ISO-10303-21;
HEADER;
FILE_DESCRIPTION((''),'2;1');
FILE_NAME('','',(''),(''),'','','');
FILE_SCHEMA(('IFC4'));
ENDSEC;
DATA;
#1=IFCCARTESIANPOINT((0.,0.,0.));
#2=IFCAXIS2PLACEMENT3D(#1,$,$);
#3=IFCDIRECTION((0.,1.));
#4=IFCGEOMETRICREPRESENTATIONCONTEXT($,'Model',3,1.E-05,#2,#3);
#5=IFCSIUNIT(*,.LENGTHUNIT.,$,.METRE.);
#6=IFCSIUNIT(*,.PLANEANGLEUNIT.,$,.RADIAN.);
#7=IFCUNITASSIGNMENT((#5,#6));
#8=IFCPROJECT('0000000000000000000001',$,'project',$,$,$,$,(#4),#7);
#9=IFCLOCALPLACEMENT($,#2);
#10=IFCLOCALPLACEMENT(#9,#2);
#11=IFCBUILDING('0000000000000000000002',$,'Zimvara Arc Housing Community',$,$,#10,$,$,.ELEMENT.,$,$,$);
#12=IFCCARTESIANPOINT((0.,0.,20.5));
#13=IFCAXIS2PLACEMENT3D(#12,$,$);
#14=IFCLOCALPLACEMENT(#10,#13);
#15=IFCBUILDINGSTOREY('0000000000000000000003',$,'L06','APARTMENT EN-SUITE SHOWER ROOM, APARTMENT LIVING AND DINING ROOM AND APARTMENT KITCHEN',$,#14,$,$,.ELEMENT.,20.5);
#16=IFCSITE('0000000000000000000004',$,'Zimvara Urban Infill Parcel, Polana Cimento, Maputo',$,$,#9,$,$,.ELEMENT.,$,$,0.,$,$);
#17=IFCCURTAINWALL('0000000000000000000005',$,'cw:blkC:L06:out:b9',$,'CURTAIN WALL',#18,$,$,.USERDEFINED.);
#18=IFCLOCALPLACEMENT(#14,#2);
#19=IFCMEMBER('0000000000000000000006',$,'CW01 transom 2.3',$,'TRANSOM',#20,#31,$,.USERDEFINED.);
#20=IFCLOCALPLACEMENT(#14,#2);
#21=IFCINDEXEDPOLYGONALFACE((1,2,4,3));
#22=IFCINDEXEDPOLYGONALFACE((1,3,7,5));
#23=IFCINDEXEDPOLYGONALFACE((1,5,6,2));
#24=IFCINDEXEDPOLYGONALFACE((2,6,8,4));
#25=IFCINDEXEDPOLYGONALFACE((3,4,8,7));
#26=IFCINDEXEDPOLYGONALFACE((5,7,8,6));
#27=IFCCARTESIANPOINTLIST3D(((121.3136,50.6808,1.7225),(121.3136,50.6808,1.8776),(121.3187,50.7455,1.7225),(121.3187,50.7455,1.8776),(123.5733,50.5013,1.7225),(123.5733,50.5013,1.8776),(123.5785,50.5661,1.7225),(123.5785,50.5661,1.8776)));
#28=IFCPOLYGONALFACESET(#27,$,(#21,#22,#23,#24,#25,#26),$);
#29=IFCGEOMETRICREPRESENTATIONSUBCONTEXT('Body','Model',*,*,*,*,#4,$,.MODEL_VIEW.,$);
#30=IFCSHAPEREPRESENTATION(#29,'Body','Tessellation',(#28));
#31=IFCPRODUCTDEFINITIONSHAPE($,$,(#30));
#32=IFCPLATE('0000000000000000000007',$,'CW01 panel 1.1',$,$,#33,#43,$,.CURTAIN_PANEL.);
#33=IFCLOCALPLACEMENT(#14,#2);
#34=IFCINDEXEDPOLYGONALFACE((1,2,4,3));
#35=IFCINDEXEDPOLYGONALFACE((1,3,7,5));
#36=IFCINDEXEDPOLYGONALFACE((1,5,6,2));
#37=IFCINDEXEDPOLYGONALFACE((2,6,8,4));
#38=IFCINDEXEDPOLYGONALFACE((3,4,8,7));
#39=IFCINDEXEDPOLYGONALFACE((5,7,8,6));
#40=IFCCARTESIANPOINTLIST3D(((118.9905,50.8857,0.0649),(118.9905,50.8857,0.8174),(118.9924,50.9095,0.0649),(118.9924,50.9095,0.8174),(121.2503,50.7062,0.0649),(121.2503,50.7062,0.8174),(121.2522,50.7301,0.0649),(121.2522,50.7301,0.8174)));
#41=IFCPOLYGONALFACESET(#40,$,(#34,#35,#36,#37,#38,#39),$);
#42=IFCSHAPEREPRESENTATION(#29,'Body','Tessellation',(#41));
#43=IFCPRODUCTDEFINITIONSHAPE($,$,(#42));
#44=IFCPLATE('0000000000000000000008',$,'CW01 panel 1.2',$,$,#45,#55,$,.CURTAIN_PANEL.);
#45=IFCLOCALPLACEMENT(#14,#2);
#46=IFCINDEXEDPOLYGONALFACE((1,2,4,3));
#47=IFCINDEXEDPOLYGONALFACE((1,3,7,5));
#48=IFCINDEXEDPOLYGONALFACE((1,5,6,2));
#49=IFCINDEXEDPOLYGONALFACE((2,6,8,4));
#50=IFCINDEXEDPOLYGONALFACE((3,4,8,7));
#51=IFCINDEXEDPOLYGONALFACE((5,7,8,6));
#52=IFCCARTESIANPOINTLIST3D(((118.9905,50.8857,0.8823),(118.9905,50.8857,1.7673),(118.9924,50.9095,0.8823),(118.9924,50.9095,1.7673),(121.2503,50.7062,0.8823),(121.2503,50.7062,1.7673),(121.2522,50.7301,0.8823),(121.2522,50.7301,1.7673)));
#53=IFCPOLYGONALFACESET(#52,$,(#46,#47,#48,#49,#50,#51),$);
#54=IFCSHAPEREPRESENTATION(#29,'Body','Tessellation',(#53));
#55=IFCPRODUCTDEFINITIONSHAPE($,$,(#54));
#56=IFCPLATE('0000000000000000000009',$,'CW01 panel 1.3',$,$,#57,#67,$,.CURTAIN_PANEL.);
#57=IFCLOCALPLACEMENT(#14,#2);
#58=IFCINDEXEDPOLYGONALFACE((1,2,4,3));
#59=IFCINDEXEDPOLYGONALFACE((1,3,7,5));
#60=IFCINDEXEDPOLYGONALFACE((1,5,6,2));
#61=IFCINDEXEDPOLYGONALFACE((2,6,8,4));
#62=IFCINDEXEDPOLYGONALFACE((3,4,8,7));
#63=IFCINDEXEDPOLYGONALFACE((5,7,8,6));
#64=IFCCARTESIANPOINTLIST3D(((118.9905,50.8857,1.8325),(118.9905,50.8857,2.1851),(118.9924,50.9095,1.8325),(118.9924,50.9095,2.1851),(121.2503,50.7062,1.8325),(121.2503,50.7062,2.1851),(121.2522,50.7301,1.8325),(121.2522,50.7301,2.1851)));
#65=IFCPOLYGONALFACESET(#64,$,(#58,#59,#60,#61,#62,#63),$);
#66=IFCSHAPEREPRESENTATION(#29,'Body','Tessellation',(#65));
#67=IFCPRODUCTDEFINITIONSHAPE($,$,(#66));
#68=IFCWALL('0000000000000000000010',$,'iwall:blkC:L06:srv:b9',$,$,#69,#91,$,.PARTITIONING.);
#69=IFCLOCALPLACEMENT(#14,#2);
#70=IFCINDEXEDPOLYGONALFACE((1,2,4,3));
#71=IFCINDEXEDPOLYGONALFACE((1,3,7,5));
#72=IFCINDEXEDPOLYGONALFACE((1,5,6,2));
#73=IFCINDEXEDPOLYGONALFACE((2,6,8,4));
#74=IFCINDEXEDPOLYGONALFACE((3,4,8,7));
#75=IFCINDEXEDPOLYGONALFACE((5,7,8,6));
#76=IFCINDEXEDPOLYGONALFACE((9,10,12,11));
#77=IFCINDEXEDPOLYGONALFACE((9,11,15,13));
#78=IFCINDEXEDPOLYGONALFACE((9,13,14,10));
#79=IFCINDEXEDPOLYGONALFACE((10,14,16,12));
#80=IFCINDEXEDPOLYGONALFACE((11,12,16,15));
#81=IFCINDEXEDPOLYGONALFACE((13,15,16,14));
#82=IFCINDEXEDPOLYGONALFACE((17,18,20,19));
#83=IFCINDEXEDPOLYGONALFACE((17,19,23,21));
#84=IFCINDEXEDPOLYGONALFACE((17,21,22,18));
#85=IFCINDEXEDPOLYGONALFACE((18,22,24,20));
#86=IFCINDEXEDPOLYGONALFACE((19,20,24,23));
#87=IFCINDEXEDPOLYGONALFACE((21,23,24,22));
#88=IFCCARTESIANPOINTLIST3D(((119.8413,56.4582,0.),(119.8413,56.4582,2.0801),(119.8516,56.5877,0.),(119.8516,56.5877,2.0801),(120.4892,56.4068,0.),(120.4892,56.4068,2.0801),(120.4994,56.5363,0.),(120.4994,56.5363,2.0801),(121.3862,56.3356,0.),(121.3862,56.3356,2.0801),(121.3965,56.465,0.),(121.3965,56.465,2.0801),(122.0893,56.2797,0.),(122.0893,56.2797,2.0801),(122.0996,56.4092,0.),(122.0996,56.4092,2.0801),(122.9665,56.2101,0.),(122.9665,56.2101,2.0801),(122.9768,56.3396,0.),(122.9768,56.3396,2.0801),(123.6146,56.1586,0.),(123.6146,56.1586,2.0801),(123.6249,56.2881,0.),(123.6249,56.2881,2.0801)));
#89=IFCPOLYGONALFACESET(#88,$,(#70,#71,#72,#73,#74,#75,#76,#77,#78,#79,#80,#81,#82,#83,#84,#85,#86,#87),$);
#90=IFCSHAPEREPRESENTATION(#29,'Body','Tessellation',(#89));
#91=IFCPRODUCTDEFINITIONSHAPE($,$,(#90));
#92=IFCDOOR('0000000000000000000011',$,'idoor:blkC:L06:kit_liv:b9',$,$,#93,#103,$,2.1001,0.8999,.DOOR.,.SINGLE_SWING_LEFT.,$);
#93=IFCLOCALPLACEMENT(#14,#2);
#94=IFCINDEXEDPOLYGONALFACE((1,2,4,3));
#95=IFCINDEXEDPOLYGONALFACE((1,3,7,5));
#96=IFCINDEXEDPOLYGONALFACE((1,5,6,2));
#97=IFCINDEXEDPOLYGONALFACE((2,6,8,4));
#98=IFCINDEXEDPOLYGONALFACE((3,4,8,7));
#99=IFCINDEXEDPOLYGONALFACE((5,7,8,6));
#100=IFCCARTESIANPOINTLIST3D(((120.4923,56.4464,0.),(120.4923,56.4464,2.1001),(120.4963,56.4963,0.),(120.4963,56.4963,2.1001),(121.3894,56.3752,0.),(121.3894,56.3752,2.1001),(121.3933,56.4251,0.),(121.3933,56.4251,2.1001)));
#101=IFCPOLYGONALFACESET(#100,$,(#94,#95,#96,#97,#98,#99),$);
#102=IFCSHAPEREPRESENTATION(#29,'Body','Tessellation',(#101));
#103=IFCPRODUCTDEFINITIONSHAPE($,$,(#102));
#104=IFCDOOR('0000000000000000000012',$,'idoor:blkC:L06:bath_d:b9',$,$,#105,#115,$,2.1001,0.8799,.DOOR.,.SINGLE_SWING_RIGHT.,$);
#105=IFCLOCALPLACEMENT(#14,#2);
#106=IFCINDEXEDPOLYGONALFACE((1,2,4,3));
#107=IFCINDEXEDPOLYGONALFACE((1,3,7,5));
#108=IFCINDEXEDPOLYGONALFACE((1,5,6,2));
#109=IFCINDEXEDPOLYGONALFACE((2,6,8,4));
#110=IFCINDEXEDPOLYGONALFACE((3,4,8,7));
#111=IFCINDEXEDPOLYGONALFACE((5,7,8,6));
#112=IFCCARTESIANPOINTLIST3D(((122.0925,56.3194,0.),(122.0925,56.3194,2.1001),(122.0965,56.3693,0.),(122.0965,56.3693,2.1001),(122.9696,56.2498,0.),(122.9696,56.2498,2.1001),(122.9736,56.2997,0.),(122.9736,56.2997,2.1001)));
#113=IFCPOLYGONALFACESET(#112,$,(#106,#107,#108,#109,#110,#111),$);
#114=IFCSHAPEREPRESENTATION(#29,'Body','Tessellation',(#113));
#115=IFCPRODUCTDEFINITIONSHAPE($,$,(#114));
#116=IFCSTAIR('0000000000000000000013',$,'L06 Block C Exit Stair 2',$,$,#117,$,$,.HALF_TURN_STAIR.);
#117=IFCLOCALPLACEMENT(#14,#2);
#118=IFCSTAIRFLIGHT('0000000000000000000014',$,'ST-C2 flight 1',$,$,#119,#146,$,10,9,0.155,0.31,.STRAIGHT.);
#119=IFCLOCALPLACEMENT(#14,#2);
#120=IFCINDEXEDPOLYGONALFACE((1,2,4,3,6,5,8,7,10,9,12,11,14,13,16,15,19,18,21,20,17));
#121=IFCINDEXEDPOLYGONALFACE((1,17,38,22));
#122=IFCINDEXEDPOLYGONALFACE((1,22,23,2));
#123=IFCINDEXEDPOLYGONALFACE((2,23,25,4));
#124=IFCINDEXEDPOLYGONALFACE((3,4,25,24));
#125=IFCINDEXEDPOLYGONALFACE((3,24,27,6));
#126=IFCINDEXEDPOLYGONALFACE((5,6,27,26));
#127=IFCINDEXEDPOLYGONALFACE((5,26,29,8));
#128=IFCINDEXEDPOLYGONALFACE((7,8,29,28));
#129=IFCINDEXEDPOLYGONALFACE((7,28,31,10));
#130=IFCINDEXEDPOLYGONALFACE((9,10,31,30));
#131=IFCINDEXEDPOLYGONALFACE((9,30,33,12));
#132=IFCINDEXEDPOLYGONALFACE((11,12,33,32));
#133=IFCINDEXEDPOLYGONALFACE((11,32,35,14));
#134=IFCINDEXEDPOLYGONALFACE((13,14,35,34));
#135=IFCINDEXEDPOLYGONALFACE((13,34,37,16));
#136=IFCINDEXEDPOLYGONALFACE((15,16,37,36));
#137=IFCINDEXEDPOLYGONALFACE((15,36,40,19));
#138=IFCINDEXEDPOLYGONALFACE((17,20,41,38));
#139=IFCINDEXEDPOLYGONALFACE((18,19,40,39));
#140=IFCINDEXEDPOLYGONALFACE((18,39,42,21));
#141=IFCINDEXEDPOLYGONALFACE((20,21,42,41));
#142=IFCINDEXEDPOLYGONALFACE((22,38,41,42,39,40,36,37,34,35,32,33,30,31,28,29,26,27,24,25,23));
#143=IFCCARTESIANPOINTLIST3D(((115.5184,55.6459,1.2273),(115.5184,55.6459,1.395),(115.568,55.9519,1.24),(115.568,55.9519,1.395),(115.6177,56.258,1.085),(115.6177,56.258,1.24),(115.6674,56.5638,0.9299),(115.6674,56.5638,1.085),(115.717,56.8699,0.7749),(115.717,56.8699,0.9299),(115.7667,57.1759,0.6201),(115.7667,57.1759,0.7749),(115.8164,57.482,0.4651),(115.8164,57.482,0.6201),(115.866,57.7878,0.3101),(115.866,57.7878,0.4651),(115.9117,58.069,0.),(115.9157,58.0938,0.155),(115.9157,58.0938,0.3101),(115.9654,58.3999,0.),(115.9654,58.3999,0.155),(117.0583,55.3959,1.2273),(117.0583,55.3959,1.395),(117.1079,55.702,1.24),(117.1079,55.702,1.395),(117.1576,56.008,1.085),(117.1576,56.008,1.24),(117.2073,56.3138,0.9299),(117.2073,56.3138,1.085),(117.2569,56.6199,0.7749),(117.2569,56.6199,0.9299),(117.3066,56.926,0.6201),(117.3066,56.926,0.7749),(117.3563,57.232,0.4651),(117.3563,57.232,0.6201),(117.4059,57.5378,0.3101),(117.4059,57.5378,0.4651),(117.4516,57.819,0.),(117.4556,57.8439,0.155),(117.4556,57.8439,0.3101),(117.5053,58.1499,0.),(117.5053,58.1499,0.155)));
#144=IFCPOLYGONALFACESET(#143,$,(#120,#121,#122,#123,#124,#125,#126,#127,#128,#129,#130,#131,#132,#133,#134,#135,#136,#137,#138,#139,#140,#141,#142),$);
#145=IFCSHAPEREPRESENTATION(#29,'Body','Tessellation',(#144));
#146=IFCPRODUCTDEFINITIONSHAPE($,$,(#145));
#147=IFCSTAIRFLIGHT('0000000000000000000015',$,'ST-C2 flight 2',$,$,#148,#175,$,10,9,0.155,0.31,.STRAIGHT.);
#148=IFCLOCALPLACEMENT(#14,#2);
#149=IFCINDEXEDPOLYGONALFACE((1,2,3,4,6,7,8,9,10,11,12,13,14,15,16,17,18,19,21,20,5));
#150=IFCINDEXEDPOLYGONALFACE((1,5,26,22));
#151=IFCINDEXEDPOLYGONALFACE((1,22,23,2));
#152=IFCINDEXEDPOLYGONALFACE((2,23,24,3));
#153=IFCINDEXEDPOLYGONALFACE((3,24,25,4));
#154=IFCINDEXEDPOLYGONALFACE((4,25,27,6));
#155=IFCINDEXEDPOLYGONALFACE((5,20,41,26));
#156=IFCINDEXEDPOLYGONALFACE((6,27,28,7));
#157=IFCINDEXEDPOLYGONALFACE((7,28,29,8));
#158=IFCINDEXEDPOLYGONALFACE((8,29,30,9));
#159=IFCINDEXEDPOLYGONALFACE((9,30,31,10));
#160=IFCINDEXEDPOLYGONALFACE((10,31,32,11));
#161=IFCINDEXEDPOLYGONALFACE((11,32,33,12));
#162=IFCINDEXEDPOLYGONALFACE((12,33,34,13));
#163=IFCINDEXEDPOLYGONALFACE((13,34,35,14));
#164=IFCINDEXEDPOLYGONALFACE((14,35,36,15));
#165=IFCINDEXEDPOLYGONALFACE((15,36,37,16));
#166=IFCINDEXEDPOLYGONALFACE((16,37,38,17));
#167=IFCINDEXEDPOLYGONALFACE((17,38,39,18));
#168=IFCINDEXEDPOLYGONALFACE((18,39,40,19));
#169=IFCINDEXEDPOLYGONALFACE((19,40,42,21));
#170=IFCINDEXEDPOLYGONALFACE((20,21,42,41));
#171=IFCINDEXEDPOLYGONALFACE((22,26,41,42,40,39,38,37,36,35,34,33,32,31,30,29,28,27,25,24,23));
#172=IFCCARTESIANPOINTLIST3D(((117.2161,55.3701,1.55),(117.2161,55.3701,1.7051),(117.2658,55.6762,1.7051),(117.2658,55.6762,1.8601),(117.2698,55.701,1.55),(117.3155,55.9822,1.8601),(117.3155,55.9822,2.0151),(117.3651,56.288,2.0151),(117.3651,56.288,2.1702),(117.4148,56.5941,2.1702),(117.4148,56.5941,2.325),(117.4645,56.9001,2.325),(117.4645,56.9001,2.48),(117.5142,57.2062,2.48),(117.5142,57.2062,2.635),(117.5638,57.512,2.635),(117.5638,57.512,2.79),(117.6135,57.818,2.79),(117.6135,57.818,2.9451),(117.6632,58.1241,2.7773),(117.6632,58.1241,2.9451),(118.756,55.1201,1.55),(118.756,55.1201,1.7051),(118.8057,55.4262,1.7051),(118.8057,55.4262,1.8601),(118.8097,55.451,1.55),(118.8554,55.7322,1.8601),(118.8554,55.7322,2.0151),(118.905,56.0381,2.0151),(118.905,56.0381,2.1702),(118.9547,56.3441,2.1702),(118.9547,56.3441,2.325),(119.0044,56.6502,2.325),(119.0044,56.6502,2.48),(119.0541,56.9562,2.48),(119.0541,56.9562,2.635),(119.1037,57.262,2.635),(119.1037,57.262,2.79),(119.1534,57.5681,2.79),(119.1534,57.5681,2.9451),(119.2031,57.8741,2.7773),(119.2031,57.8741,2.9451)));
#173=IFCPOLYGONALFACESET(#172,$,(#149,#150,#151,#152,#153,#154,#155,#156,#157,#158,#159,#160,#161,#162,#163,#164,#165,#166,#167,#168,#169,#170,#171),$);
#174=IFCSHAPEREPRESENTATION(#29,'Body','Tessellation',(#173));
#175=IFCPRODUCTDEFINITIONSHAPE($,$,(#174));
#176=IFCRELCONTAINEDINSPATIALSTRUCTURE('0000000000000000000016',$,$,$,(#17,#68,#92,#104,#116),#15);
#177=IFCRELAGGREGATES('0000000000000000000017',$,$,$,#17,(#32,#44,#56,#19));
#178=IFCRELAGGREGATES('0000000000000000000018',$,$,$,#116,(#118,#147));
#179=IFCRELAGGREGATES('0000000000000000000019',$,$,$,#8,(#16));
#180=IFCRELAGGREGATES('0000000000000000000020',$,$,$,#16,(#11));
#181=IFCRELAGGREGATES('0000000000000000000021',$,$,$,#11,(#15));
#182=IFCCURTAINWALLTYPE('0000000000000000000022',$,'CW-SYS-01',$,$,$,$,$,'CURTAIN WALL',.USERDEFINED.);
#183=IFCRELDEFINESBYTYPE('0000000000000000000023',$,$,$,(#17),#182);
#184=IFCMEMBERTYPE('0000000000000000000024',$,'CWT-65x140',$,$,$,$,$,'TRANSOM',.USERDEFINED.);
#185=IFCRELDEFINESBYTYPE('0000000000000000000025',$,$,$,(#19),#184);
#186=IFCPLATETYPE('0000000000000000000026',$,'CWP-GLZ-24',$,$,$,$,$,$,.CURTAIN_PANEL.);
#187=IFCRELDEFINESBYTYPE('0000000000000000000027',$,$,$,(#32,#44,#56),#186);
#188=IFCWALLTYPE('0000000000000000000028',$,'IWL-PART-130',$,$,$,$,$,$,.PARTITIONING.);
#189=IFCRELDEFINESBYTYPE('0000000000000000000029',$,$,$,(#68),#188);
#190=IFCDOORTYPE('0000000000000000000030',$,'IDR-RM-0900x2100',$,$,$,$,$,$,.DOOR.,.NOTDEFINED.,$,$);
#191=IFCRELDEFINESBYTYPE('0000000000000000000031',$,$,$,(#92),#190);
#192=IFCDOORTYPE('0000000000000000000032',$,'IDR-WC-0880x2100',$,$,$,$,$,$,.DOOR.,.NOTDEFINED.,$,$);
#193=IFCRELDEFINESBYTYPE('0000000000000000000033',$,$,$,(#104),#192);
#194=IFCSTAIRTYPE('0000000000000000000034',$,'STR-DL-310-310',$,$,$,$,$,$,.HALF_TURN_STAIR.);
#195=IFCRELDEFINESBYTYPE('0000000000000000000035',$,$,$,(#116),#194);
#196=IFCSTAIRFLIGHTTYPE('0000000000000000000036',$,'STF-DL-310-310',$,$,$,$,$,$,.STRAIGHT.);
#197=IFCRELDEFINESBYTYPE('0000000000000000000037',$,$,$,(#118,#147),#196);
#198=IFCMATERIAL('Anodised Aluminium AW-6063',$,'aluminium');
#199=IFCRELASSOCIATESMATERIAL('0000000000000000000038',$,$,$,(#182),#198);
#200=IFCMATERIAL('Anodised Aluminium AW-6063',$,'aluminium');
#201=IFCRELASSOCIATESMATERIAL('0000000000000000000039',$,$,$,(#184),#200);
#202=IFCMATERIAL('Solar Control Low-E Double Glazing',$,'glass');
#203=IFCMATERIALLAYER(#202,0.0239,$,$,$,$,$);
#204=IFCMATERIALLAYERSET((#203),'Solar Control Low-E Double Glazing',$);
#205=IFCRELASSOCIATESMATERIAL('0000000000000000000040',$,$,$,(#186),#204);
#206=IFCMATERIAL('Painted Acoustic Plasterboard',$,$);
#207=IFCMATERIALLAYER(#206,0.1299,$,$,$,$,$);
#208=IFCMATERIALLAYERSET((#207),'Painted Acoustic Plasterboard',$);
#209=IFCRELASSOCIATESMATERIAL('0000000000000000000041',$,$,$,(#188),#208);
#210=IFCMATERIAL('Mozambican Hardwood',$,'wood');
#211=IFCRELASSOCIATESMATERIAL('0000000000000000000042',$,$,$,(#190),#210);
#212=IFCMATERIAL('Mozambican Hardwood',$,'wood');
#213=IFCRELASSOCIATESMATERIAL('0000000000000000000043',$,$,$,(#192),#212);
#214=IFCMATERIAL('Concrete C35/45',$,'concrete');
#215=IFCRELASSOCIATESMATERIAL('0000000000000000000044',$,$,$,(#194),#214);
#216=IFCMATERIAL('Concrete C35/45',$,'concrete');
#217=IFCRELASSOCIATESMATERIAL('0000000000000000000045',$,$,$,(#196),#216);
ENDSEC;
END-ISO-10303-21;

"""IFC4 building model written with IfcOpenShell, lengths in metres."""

from ifc_helpers import new_model, si_unit, direction, frame, frame_2d, origin, origin_2d, place, context, subcontext, project, spatial, polyline, rectangle, outline, extrude, material, layer, layer_set, material_profile, profile_set, type_object, element, fill, aggregate, save


model = new_model("IFC4")

# Units and contexts
model_context = context("Model", 3, precision=1e-05, world=origin(), true_north=direction((0.0, 1.0)))
body_context = subcontext(model_context, "Body", "Model", "MODEL_VIEW")
ifc_project = project(units=[si_unit("LENGTHUNIT", "METRE"), si_unit("PLANEANGLEUNIT", "RADIAN")], contexts=[model_context])

# Site, building, storey
site_placement = place(None, origin())
site = spatial("IfcSite", under=ifc_project, at=site_placement, Name="Zimvara Urban Infill Parcel, Polana Cimento, Maputo", CompositionType="ELEMENT", RefElevation=0.0)
building_placement = place(site_placement, origin())
building = spatial("IfcBuilding", under=site, at=building_placement, Name="Zimvara Arc Housing Community", CompositionType="ELEMENT")
storey_placement = place(building_placement, frame((0.0, 0.0, 20.5)))
storey = spatial("IfcBuildingStorey", under=building, at=storey_placement, Name="L06", Description="APARTMENT EN-SUITE SHOWER ROOM, APARTMENT LIVING AND DINING ROOM AND APARTMENT KITCHEN", CompositionType="ELEMENT", Elevation=20.5)

# Curtain wall, member, plates
ifc_material_1 = material(Name="Anodised Aluminium AW-6063", Category="aluminium")
curtain_wall_type = type_object("IfcCurtainWallType", Name="CW-SYS-01", ElementType="CURTAIN WALL", PredefinedType="USERDEFINED", material=ifc_material_1)
curtain_wall_placement = place(storey_placement, origin())
curtain_wall = element("IfcCurtainWall", 1, at=curtain_wall_placement, inside=storey, type_object=curtain_wall_type, Name="cw:blkC:L06:out:b9", ObjectType="CURTAIN WALL", PredefinedType="USERDEFINED")
ifc_material_2 = material(Name="Anodised Aluminium AW-6063", Category="aluminium")
ifc_material_profile_1 = material_profile(ifc_material_2, rectangle(XDim=0.0649, YDim=0.155, at=origin_2d()), Name="ALU 65x155")
ifc_profile_set_1 = profile_set([ifc_material_profile_1], Name="Anodised Aluminium AW-6063")
member_type_1 = type_object("IfcMemberType", Name="CWT-65x140", ElementType="TRANSOM", PredefinedType="USERDEFINED", material=ifc_profile_set_1)
member_1_placement = place(storey_placement, frame((121.3162, 50.7131, 1.8), z_axis=(0.996862, -0.079159, 0.0), x_axis=(0.079159, 0.996862, 0.0)))
member_1 = element("IfcMember", 2, at=member_1_placement, type_object=member_type_1, Name="CW01 transom 2.3", ObjectType="TRANSOM", PredefinedType="USERDEFINED", context=body_context, shape_type="SweptSolid", body=[
    extrude(rectangle(XDim=0.0649, YDim=0.155, at=origin_2d()), origin(), (0.0, 0.0, 1.0), 2.2668),
])
ifc_material_3 = material(Name="Solar Control Low-E Double Glazing", Category="glass")
ifc_layer_1 = layer(ifc_material_3, 0.0239)
ifc_layer_set_1 = layer_set([ifc_layer_1], Name="Solar Control Low-E Double Glazing")
plate_type = type_object("IfcPlateType", Name="CWP-GLZ-24", PredefinedType="CURTAIN_PANEL", material=ifc_layer_set_1)
plate_1_placement = place(storey_placement, frame((120.1213, 50.8079, 0.0649), z_axis=(0.0, 0.0, 1.0), x_axis=(0.996862, -0.079154, 0.0)))
plate_1 = element("IfcPlate", 3, at=plate_1_placement, type_object=plate_type, Name="CW01 panel 1.1", PredefinedType="CURTAIN_PANEL", context=body_context, shape_type="SweptSolid", body=[
    extrude(rectangle(XDim=2.2668, YDim=0.0239, at=origin_2d()), origin(), (0.0, 0.0, 1.0), 0.7524),
])
plate_2_placement = place(storey_placement, frame((120.1213, 50.8079, 0.8823), z_axis=(0.0, 0.0, 1.0), x_axis=(0.996862, -0.079154, 0.0)))
plate_2 = element("IfcPlate", 4, at=plate_2_placement, type_object=plate_type, Name="CW01 panel 1.2", PredefinedType="CURTAIN_PANEL", context=body_context, shape_type="SweptSolid", body=[
    extrude(rectangle(XDim=2.2668, YDim=0.0239, at=origin_2d()), origin(), (0.0, 0.0, 1.0), 0.885),
])
plate_3_placement = place(storey_placement, frame((120.1213, 50.8079, 1.8325), z_axis=(0.0, 0.0, 1.0), x_axis=(0.996862, -0.079154, 0.0)))
plate_3 = element("IfcPlate", 5, at=plate_3_placement, type_object=plate_type, Name="CW01 panel 1.3", PredefinedType="CURTAIN_PANEL", context=body_context, shape_type="SweptSolid", body=[
    extrude(rectangle(XDim=2.2668, YDim=0.0239, at=origin_2d()), origin(), (0.0, 0.0, 1.0), 0.3525),
])
aggregate(curtain_wall, [plate_1, plate_2, plate_3, member_1])

# Wall, openings, doors
ifc_material_4 = material(Name="Painted Acoustic Plasterboard")
ifc_layer_2 = layer(ifc_material_4, 0.1299)
ifc_layer_set_2 = layer_set([ifc_layer_2], Name="Painted Acoustic Plasterboard")
wall_type = type_object("IfcWallType", Name="IWL-PART-130", PredefinedType="PARTITIONING", material=ifc_layer_set_2)
wall_placement = place(storey_placement, frame((119.8464, 56.5229, 0.0), z_axis=(0.0, 0.0, 1.0), x_axis=(0.996863, -0.079143, 0.0)))
wall = element("IfcWall", 6, at=wall_placement, inside=storey, type_object=wall_type, Name="iwall:blkC:L06:srv:b9", PredefinedType="PARTITIONING", context=body_context, shape_type="SweptSolid", body=[
    extrude(rectangle(XDim=3.7852, YDim=0.1299, at=frame_2d((1.8926, 0.0))), origin(), (0.0, 0.0, 1.0), 2.0801),
])
opening_1_placement = place(wall_placement, frame((0.6499, 0.0, 0.0)))
opening_1 = element("IfcOpeningElement", 7, at=opening_1_placement, cuts=wall, PredefinedType="OPENING", context=body_context, shape_type="SweptSolid", body=[
    extrude(rectangle(XDim=0.8999, YDim=2.1001, at=frame_2d((0.45, 1.05))), frame((0.0, 0.075, 0.0), z_axis=(0.0, -1.0, 0.0), x_axis=(1.0, 0.0, 0.0)), (0.0, 0.0, 1.0), 0.1499),
])
opening_2_placement = place(wall_placement, frame((2.2551, 0.0, 0.0)))
opening_2 = element("IfcOpeningElement", 8, at=opening_2_placement, cuts=wall, PredefinedType="OPENING", context=body_context, shape_type="SweptSolid", body=[
    extrude(rectangle(XDim=0.8799, YDim=2.1001, at=frame_2d((0.4399, 1.05))), frame((0.0, 0.075, 0.0), z_axis=(0.0, -1.0, 0.0), x_axis=(1.0, 0.0, 0.0)), (0.0, 0.0, 1.0), 0.1499),
])
ifc_material_5 = material(Name="Mozambican Hardwood", Category="wood")
door_type_1 = type_object("IfcDoorType", Name="IDR-RM-0900x2100", OperationType="NOTDEFINED", PredefinedType="DOOR", material=ifc_material_5)
door_1_placement = place(opening_1_placement, origin())
door_1 = element("IfcDoor", 9, at=door_1_placement, inside=storey, type_object=door_type_1, Name="idoor:blkC:L06:kit_liv:b9", OperationType="SINGLE_SWING_LEFT", OverallHeight=2.1001, OverallWidth=0.8999, PredefinedType="DOOR", context=body_context, shape_type="SweptSolid", body=[
    extrude(rectangle(XDim=0.8999, YDim=2.1001, at=frame_2d((0.45, 1.05))), frame((0.0, 0.0249, 0.0), z_axis=(0.0, -1.0, 0.0), x_axis=(1.0, 0.0, 0.0)), (0.0, 0.0, 1.0), 0.05),
])
fill(opening_1, door_1)
ifc_material_6 = material(Name="Mozambican Hardwood", Category="wood")
door_type_2 = type_object("IfcDoorType", Name="IDR-WC-0880x2100", OperationType="NOTDEFINED", PredefinedType="DOOR", material=ifc_material_6)
door_2_placement = place(opening_2_placement, origin())
door_2 = element("IfcDoor", 10, at=door_2_placement, inside=storey, type_object=door_type_2, Name="idoor:blkC:L06:bath_d:b9", OperationType="SINGLE_SWING_RIGHT", OverallHeight=2.1001, OverallWidth=0.8799, PredefinedType="DOOR", context=body_context, shape_type="SweptSolid", body=[
    extrude(rectangle(XDim=0.8799, YDim=2.1001, at=frame_2d((0.4399, 1.05))), frame((0.0, 0.0249, 0.0), z_axis=(0.0, -1.0, 0.0), x_axis=(1.0, 0.0, 0.0)), (0.0, 0.0, 1.0), 0.05),
])
fill(opening_2, door_2)

# Stair, stair flights
ifc_material_7 = material(Name="Concrete C35/45", Category="concrete")
stair_type = type_object("IfcStairType", Name="STR-DL-310-310", PredefinedType="HALF_TURN_STAIR", material=ifc_material_7)
stair_placement = place(storey_placement, origin())
stair = element("IfcStair", 11, at=stair_placement, inside=storey, type_object=stair_type, Name="L06 Block C Exit Stair 2", PredefinedType="HALF_TURN_STAIR")
ifc_material_8 = material(Name="Concrete C35/45", Category="concrete")
stair_flight_type = type_object("IfcStairFlightType", Name="STF-DL-310-310", PredefinedType="STRAIGHT", material=ifc_material_8)
stair_flight_1_placement = place(storey_placement, frame((116.7354, 58.2749, 0.0), z_axis=(0.0, 0.0, 1.0), x_axis=(-0.160226, -0.98708, 0.0)))
stair_flight_1 = element("IfcStairFlight", 12, at=stair_flight_1_placement, type_object=stair_flight_type, Name="ST-C2 flight 1", NumberOfRisers=10, NumberOfTreads=9, PredefinedType="STRAIGHT", RiserHeight=0.155, TreadLength=0.31, context=body_context, shape_type="SweptSolid", body=[
    extrude(outline(polyline([(0.0, 0.0), (0.0, 0.155), (0.3101, 0.155), (0.3101, 0.3101), (0.6201, 0.3101), (0.6201, 0.4651), (0.9299, 0.4651), (0.9299, 0.6201), (1.24, 0.6201), (1.24, 0.7749), (1.55, 0.7749), (1.55, 0.9299), (1.8601, 0.9299), (1.8601, 1.085), (2.1699, 1.085), (2.1699, 1.24), (2.48, 1.24), (2.48, 1.395), (2.79, 1.395), (2.79, 1.55), (2.79, 1.2273), (0.3352, 0.0), (0.0, 0.0)])), frame((0.0, 0.78, 0.0), z_axis=(0.0, -1.0, 0.0), x_axis=(1.0, 0.0, 0.0)), (0.0, 0.0, 1.0), 1.5601),
])
stair_flight_2_placement = place(storey_placement, frame((117.9861, 55.2451, 1.55), z_axis=(0.0, 0.0, 1.0), x_axis=(0.160226, 0.98708, 0.0)))
stair_flight_2 = element("IfcStairFlight", 13, at=stair_flight_2_placement, type_object=stair_flight_type, Name="ST-C2 flight 2", NumberOfRisers=10, NumberOfTreads=9, PredefinedType="STRAIGHT", RiserHeight=0.155, TreadLength=0.31, context=body_context, shape_type="SweptSolid", body=[
    extrude(outline(polyline([(0.0, 0.0), (0.0, 0.155), (0.3101, 0.155), (0.3101, 0.3101), (0.6201, 0.3101), (0.6201, 0.4651), (0.9299, 0.4651), (0.9299, 0.6201), (1.24, 0.6201), (1.24, 0.7749), (1.55, 0.7749), (1.55, 0.9299), (1.8601, 0.9299), (1.8601, 1.085), (2.1699, 1.085), (2.1699, 1.24), (2.48, 1.24), (2.48, 1.395), (2.79, 1.395), (2.79, 1.55), (2.79, 1.2273), (0.3352, 0.0), (0.0, 0.0)])), frame((0.0, 0.78, 0.0), z_axis=(0.0, -1.0, 0.0), x_axis=(1.0, 0.0, 0.0)), (0.0, 0.0, 1.0), 1.5601),
])
aggregate(stair, [stair_flight_1, stair_flight_2])

save(model, "model.ifc")
